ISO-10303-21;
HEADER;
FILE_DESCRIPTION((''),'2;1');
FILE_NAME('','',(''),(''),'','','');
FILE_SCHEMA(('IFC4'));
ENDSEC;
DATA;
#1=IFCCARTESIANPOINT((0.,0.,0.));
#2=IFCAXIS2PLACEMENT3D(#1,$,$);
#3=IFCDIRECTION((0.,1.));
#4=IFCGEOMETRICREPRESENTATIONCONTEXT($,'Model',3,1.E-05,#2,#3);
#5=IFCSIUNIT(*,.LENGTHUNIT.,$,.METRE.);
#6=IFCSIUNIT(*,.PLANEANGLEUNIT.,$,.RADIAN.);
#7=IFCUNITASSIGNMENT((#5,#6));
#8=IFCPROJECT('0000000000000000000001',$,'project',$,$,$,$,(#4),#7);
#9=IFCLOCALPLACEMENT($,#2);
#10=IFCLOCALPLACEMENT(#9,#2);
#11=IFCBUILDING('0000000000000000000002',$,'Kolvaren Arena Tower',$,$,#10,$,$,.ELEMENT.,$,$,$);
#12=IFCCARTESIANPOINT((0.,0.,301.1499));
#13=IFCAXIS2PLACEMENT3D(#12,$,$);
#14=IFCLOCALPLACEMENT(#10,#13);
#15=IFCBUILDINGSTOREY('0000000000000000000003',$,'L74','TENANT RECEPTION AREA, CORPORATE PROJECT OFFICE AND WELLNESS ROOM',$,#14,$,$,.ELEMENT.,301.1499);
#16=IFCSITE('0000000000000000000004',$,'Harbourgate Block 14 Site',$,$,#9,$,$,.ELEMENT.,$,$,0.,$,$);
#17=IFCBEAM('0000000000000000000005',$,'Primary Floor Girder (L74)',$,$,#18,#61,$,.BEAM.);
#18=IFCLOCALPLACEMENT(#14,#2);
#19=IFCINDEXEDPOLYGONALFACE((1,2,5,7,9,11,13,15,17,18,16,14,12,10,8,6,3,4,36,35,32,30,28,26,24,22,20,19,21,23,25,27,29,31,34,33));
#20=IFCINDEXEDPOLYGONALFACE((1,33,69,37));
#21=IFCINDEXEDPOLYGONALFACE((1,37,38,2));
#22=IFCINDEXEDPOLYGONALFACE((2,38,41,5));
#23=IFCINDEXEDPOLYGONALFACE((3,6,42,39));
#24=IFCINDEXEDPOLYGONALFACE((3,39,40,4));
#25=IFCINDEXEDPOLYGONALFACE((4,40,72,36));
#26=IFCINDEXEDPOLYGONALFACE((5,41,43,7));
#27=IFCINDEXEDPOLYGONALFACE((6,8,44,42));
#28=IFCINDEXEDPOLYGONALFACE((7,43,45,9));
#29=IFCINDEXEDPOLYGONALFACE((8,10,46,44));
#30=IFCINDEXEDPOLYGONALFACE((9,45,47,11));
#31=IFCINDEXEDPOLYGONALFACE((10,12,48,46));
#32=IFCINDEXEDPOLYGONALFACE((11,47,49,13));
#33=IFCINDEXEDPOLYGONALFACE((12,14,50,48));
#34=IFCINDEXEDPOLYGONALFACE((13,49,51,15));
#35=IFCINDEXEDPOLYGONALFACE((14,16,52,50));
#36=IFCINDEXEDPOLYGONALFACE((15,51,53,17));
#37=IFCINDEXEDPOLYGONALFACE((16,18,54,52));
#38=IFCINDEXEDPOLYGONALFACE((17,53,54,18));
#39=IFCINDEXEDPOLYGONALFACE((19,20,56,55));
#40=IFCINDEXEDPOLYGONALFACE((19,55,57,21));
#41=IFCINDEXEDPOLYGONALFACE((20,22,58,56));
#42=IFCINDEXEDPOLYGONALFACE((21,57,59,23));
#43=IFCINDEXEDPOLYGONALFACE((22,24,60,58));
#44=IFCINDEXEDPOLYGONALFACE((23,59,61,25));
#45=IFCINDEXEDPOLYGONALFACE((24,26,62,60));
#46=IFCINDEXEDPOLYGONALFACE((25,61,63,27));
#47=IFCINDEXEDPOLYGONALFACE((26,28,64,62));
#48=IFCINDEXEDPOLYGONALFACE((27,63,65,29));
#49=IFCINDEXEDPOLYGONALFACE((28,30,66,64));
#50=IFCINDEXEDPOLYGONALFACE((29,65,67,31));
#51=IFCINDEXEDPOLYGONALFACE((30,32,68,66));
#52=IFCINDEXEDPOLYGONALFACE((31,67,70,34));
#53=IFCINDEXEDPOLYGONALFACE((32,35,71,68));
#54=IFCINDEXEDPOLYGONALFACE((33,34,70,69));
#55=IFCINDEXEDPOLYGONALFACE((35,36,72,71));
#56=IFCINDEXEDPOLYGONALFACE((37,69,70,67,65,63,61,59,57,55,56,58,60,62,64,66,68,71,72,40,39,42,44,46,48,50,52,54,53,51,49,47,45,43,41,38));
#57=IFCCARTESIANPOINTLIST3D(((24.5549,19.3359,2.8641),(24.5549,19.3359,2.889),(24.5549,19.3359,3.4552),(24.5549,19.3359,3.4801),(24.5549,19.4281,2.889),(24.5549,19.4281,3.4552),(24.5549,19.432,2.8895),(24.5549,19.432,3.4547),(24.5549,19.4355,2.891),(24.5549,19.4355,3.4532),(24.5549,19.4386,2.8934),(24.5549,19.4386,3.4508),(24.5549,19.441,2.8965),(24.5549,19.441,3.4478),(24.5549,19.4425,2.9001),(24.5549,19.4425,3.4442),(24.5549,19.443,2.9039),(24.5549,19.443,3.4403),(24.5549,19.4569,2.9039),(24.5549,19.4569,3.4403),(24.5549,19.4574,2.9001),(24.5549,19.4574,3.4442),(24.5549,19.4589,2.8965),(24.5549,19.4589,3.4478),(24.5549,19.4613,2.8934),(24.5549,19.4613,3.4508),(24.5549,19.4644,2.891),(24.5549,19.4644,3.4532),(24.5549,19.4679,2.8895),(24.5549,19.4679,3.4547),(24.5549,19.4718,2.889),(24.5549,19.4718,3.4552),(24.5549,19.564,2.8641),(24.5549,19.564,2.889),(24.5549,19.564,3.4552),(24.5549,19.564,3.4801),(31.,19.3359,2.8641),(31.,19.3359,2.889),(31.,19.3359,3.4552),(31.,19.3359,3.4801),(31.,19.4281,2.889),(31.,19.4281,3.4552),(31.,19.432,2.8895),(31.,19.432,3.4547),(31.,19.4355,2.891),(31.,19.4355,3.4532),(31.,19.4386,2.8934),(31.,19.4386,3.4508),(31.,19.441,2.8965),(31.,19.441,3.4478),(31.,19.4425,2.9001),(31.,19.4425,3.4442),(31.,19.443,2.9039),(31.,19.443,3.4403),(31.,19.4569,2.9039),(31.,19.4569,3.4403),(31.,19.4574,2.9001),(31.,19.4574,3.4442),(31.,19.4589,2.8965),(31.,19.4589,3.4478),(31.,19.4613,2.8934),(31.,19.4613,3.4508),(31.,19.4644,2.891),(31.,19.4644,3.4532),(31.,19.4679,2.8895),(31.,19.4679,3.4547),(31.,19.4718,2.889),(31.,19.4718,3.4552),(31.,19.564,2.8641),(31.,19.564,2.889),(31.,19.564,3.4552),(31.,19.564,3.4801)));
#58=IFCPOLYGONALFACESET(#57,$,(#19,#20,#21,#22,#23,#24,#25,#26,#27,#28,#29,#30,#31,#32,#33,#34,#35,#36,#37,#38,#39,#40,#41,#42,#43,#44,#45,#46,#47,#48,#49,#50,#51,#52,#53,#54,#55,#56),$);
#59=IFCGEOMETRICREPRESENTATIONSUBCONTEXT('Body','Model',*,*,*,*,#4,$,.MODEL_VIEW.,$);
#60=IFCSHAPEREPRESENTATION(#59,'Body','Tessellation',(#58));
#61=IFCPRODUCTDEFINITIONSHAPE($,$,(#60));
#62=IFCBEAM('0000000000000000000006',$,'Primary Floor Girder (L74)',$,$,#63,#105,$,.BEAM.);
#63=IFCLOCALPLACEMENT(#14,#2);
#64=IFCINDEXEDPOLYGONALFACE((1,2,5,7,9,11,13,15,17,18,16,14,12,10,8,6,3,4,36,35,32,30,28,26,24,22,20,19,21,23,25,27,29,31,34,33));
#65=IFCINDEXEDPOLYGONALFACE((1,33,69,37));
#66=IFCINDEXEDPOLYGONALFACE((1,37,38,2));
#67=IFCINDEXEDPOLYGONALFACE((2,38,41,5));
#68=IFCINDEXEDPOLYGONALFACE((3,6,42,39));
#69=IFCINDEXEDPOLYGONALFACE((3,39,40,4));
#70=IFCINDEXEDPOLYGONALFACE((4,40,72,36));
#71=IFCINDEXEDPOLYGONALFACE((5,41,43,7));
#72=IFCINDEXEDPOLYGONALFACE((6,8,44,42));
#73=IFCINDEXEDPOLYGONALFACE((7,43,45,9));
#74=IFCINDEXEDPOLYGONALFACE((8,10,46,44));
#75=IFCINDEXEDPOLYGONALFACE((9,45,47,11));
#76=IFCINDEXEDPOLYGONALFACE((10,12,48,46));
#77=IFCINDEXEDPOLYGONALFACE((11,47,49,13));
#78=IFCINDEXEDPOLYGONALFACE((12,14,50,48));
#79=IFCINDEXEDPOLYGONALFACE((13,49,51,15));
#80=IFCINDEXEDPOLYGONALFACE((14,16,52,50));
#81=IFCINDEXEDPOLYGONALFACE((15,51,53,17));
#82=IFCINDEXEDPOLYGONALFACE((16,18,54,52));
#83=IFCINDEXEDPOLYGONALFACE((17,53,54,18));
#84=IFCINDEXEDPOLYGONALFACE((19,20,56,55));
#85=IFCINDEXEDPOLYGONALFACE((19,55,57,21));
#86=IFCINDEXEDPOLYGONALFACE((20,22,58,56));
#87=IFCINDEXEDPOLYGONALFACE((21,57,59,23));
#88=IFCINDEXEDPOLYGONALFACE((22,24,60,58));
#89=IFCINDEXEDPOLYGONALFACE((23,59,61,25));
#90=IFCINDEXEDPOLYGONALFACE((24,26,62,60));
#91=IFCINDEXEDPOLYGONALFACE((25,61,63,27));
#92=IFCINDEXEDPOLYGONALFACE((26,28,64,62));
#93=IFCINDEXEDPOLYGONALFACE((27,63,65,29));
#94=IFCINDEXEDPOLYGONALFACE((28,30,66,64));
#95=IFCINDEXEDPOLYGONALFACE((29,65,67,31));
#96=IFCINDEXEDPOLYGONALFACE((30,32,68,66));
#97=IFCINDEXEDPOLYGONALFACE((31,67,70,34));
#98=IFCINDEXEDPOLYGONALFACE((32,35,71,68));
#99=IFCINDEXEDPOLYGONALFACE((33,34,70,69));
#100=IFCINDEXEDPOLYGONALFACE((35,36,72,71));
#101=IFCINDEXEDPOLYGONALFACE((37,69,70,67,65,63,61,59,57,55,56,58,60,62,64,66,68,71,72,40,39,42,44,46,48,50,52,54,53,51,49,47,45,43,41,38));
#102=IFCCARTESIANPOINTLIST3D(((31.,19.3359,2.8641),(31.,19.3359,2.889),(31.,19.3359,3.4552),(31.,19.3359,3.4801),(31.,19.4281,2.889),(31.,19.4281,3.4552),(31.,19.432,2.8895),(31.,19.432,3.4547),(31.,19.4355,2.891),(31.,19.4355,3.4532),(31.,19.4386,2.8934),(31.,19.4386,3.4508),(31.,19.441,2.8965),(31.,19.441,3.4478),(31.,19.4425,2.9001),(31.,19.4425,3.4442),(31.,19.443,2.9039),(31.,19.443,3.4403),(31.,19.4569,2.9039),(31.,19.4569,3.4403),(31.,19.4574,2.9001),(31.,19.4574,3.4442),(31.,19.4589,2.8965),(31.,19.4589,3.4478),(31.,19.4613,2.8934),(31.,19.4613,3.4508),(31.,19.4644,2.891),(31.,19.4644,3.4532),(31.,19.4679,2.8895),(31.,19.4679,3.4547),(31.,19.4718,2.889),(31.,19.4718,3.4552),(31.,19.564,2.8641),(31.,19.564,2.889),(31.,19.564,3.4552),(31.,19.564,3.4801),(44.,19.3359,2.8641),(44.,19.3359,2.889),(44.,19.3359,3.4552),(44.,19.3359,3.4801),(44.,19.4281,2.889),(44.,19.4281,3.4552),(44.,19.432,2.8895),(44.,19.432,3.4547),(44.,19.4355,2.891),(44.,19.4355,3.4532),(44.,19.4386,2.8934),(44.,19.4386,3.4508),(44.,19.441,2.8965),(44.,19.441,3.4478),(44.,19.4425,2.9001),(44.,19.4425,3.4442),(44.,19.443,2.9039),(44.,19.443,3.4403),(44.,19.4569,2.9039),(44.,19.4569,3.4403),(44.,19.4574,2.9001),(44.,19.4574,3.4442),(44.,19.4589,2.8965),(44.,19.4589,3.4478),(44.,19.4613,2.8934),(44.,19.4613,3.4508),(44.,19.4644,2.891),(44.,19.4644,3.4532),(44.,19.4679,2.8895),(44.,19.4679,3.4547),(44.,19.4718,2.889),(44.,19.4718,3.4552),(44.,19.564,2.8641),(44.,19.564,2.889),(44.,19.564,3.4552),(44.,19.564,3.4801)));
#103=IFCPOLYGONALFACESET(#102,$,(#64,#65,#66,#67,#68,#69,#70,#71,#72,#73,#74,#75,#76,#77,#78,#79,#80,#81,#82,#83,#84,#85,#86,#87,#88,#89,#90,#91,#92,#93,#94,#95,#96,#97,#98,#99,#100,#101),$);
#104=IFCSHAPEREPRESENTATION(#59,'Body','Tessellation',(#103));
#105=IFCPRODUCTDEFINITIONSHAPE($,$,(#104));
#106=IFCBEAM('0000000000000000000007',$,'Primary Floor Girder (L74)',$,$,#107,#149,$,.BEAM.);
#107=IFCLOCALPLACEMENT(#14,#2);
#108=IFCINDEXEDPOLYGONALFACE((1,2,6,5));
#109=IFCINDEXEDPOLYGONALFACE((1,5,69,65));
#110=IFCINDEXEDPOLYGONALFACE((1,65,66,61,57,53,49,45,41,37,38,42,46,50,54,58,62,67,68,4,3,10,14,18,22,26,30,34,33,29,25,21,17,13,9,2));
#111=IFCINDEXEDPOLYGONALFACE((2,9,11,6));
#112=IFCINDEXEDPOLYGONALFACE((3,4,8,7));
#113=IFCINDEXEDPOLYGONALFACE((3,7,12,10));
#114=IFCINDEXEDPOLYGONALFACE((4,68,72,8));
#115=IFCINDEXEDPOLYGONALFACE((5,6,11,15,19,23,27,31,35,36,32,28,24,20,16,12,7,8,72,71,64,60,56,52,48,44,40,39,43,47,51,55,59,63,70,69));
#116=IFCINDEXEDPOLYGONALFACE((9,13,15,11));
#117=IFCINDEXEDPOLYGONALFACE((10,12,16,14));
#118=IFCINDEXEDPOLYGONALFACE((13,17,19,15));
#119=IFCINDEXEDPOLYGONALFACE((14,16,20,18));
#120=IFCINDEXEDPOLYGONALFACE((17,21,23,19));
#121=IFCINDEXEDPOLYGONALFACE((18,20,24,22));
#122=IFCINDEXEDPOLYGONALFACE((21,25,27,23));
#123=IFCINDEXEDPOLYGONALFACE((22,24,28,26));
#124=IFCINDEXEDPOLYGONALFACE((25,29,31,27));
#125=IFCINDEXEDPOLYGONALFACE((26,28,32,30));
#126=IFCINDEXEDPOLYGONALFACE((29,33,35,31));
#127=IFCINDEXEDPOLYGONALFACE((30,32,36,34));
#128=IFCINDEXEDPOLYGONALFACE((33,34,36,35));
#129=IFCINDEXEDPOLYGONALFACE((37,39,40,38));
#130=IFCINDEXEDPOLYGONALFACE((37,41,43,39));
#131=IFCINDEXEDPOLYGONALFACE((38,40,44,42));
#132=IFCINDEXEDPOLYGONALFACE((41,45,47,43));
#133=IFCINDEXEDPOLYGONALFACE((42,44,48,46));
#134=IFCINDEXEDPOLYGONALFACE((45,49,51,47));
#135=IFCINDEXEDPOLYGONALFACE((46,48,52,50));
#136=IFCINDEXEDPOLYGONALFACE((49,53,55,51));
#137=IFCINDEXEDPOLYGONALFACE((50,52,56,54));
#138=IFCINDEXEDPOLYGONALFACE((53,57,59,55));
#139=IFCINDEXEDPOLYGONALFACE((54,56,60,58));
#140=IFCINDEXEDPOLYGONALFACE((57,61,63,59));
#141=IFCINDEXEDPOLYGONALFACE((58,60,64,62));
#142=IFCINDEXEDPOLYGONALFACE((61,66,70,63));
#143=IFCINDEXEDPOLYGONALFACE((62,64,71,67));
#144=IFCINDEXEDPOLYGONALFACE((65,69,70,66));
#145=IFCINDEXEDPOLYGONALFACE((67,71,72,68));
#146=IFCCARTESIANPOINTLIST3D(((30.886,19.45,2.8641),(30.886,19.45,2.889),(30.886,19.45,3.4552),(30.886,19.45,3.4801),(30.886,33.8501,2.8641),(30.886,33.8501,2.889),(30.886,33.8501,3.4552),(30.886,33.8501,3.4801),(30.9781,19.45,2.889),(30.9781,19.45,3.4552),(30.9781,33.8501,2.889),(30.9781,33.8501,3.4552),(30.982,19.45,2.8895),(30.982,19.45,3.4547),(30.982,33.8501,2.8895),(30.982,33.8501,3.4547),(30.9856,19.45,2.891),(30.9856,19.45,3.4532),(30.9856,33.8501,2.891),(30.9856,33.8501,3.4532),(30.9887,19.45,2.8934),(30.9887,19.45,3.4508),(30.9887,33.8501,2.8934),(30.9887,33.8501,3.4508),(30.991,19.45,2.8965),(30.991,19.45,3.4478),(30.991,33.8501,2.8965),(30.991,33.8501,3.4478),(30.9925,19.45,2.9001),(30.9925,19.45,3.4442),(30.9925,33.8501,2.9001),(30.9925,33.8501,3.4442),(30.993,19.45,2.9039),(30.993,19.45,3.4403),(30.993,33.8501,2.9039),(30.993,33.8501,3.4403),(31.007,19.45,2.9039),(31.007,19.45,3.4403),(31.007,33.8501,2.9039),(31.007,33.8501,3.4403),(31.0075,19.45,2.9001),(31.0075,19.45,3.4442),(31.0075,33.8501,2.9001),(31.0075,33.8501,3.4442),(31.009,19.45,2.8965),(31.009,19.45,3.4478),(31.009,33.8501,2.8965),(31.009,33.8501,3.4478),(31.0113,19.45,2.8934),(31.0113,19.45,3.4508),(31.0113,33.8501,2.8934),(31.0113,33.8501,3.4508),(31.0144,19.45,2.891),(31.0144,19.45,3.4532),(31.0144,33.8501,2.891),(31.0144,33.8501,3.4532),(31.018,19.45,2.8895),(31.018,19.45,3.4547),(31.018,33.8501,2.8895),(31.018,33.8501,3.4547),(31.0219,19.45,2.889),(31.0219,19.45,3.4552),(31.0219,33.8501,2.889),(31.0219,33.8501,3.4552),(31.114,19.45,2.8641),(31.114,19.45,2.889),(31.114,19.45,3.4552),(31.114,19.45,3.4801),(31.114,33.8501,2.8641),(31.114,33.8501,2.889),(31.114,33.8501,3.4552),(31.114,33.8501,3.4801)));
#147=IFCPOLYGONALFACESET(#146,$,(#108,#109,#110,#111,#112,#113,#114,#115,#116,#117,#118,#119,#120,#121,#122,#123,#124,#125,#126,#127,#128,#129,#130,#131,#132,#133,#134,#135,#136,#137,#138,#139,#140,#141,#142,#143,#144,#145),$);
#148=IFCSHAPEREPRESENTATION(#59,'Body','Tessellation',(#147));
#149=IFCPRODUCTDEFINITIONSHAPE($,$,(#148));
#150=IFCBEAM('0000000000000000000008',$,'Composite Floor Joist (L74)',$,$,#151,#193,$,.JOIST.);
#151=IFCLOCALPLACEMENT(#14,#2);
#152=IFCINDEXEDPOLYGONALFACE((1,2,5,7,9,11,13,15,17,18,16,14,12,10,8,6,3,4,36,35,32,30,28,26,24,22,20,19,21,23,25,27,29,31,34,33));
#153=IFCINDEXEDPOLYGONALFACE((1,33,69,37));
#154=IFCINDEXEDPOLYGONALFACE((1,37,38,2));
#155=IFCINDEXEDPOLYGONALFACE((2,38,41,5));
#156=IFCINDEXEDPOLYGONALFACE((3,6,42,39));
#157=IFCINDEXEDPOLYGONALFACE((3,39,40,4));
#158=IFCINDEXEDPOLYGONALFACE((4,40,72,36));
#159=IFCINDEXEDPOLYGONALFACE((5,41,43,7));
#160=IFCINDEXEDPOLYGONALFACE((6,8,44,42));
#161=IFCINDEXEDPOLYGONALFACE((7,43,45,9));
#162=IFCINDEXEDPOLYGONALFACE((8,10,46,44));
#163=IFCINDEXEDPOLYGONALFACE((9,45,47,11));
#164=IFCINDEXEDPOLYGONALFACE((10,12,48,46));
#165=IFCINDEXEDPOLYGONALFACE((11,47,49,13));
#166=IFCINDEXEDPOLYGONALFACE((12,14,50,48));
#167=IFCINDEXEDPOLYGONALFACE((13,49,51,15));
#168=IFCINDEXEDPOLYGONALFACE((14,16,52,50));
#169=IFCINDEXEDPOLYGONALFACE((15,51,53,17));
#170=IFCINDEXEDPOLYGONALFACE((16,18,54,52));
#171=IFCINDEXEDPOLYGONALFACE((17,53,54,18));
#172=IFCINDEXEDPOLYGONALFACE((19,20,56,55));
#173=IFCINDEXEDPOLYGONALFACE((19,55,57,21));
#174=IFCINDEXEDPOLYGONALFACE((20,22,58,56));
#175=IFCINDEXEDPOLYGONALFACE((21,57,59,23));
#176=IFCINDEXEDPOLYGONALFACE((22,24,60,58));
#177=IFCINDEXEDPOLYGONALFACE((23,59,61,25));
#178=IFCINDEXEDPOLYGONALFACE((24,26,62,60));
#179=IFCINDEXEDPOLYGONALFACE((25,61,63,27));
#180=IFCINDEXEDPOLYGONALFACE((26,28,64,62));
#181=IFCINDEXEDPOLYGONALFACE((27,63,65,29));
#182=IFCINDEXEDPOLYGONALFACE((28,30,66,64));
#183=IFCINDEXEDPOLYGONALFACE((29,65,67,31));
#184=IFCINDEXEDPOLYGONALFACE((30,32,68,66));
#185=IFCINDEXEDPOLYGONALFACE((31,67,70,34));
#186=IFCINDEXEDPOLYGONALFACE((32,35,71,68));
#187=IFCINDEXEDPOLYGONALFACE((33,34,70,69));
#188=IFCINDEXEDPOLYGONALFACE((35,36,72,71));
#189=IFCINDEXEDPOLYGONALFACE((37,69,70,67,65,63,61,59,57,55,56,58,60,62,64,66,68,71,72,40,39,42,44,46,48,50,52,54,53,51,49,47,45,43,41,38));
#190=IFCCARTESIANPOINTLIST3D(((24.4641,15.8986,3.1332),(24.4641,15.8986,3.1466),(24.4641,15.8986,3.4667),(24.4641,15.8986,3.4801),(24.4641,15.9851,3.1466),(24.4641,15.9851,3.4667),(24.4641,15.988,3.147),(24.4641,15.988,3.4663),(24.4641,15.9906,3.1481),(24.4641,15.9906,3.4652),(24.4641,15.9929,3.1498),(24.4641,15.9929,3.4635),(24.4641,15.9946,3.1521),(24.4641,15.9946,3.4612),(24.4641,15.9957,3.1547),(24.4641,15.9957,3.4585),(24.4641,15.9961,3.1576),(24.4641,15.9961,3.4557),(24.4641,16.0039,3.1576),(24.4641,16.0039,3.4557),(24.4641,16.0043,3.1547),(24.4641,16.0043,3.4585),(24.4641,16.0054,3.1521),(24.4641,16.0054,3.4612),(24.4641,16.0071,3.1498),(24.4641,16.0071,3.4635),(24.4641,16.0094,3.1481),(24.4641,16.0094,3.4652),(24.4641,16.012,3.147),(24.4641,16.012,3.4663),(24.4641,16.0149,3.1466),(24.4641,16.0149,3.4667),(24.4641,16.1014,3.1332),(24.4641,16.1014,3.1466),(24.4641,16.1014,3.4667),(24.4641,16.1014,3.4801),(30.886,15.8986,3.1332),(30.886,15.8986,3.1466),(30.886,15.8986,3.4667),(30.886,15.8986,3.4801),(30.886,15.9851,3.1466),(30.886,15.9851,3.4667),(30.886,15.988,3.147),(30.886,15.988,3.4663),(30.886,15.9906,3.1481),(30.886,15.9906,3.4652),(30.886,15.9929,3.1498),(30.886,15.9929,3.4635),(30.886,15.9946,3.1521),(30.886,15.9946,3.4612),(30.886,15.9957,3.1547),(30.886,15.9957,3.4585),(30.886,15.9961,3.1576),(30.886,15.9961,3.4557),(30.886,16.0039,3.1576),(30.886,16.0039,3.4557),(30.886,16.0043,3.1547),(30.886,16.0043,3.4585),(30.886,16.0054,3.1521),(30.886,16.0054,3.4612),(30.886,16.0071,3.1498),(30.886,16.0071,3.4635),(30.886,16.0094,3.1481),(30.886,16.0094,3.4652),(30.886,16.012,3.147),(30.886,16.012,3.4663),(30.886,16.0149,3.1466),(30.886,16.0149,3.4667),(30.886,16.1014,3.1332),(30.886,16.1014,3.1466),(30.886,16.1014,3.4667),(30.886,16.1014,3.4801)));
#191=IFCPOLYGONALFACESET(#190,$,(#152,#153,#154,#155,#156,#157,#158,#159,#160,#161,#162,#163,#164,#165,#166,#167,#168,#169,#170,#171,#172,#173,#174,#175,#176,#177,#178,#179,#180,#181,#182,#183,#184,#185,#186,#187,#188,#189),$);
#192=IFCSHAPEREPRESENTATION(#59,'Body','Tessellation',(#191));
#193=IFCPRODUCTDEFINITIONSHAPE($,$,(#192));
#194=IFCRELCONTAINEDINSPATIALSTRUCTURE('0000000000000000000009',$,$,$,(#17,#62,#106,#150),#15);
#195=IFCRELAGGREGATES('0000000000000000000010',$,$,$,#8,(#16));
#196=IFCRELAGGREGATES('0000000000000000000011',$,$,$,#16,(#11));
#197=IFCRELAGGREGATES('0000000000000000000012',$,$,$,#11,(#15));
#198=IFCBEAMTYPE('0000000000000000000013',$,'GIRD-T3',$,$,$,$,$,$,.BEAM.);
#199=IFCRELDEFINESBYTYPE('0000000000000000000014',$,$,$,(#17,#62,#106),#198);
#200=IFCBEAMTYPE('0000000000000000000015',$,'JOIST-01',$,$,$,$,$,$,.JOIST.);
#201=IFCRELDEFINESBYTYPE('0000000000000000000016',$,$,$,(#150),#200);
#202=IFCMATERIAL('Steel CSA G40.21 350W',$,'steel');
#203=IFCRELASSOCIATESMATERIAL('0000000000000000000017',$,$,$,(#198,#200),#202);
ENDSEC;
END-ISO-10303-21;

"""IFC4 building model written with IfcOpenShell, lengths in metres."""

from ifc_helpers import new_model, si_unit, direction, frame, origin, origin_2d, place, context, subcontext, project, spatial, i_section, extrude, material, material_profile, profile_set, type_object, element, save


model = new_model("IFC4")

# Units and contexts
model_context = context("Model", 3, precision=1e-05, world=origin(), true_north=direction((0.0, 1.0)))
body_context = subcontext(model_context, "Body", "Model", "MODEL_VIEW")
ifc_project = project(units=[si_unit("LENGTHUNIT", "METRE"), si_unit("PLANEANGLEUNIT", "RADIAN")], contexts=[model_context])

# Site, building, storey
site_placement = place(None, origin())
site = spatial("IfcSite", under=ifc_project, at=site_placement, Name="Harbourgate Block 14 Site", CompositionType="ELEMENT", RefElevation=0.0)
building_placement = place(site_placement, origin())
building = spatial("IfcBuilding", under=site, at=building_placement, Name="Kolvaren Arena Tower", CompositionType="ELEMENT")
storey_placement = place(building_placement, frame((0.0, 0.0, 301.1499)))
storey = spatial("IfcBuildingStorey", under=building, at=storey_placement, Name="L74", Description="TENANT RECEPTION AREA, CORPORATE PROJECT OFFICE AND WELLNESS ROOM", CompositionType="ELEMENT", Elevation=301.1499)

# Beams
ifc_material_1 = material(Name="Steel CSA G40.21 350W", Category="steel")
ifc_material_profile_1 = material_profile(ifc_material_1, i_section(OverallWidth=0.228, OverallDepth=0.616, WebThickness=0.0139, FlangeThickness=0.0249, FilletRadius=0.0149, at=origin_2d()), Name="W610x174")
ifc_profile_set_1 = profile_set([ifc_material_profile_1], Name="Steel CSA G40.21 350W")
beam_type_1 = type_object("IfcBeamType", Name="GIRD-T3", PredefinedType="BEAM", material=ifc_profile_set_1)
beam_1_placement = place(storey_placement, frame((24.5549, 19.45, 3.1721), z_axis=(1.0, 0.0, 0.0), x_axis=(0.0, 1.0, 0.0)))
element("IfcBeam", 1, at=beam_1_placement, inside=storey, type_object=beam_type_1, Name="Primary Floor Girder (L74)", PredefinedType="BEAM", context=body_context, shape_type="SweptSolid", body=[
    extrude(i_section(OverallWidth=0.228, OverallDepth=0.616, WebThickness=0.0139, FlangeThickness=0.0249, FilletRadius=0.0149, at=origin_2d()), origin(), (0.0, 0.0, 1.0), 6.4451),
])
beam_2_placement = place(storey_placement, frame((31.0, 19.45, 3.1721), z_axis=(1.0, 0.0, 0.0), x_axis=(0.0, 1.0, 0.0)))
element("IfcBeam", 2, at=beam_2_placement, inside=storey, type_object=beam_type_1, Name="Primary Floor Girder (L74)", PredefinedType="BEAM", context=body_context, shape_type="SweptSolid", body=[
    extrude(i_section(OverallWidth=0.228, OverallDepth=0.616, WebThickness=0.0139, FlangeThickness=0.0249, FilletRadius=0.0149, at=origin_2d()), origin(), (0.0, 0.0, 1.0), 13.0),
])
beam_3_placement = place(storey_placement, frame((31.0, 19.45, 3.1721), z_axis=(0.0, 1.0, 0.0), x_axis=(-1.0, 0.0, 0.0)))
element("IfcBeam", 3, at=beam_3_placement, inside=storey, type_object=beam_type_1, Name="Primary Floor Girder (L74)", PredefinedType="BEAM", context=body_context, shape_type="SweptSolid", body=[
    extrude(i_section(OverallWidth=0.228, OverallDepth=0.616, WebThickness=0.0139, FlangeThickness=0.0249, FilletRadius=0.0149, at=origin_2d()), origin(), (0.0, 0.0, 1.0), 14.4001),
])
ifc_material_profile_2 = material_profile(ifc_material_1, i_section(OverallWidth=0.2029, OverallDepth=0.3469, WebThickness=0.0078, FlangeThickness=0.0134, FilletRadius=0.011, at=origin_2d()), Name="W360x64")
ifc_profile_set_2 = profile_set([ifc_material_profile_2], Name="Steel CSA G40.21 350W")
beam_type_2 = type_object("IfcBeamType", Name="JOIST-01", PredefinedType="JOIST", material=ifc_profile_set_2)
beam_4_placement = place(storey_placement, frame((24.4641, 16.0, 3.3066), z_axis=(1.0, 0.0, 0.0), x_axis=(0.0, 1.0, 0.0)))
element("IfcBeam", 4, at=beam_4_placement, inside=storey, type_object=beam_type_2, Name="Composite Floor Joist (L74)", PredefinedType="JOIST", context=body_context, shape_type="SweptSolid", body=[
    extrude(i_section(OverallWidth=0.2029, OverallDepth=0.3469, WebThickness=0.0078, FlangeThickness=0.0134, FilletRadius=0.011, at=origin_2d()), origin(), (0.0, 0.0, 1.0), 6.4219),
])

save(model, "model.ifc")
